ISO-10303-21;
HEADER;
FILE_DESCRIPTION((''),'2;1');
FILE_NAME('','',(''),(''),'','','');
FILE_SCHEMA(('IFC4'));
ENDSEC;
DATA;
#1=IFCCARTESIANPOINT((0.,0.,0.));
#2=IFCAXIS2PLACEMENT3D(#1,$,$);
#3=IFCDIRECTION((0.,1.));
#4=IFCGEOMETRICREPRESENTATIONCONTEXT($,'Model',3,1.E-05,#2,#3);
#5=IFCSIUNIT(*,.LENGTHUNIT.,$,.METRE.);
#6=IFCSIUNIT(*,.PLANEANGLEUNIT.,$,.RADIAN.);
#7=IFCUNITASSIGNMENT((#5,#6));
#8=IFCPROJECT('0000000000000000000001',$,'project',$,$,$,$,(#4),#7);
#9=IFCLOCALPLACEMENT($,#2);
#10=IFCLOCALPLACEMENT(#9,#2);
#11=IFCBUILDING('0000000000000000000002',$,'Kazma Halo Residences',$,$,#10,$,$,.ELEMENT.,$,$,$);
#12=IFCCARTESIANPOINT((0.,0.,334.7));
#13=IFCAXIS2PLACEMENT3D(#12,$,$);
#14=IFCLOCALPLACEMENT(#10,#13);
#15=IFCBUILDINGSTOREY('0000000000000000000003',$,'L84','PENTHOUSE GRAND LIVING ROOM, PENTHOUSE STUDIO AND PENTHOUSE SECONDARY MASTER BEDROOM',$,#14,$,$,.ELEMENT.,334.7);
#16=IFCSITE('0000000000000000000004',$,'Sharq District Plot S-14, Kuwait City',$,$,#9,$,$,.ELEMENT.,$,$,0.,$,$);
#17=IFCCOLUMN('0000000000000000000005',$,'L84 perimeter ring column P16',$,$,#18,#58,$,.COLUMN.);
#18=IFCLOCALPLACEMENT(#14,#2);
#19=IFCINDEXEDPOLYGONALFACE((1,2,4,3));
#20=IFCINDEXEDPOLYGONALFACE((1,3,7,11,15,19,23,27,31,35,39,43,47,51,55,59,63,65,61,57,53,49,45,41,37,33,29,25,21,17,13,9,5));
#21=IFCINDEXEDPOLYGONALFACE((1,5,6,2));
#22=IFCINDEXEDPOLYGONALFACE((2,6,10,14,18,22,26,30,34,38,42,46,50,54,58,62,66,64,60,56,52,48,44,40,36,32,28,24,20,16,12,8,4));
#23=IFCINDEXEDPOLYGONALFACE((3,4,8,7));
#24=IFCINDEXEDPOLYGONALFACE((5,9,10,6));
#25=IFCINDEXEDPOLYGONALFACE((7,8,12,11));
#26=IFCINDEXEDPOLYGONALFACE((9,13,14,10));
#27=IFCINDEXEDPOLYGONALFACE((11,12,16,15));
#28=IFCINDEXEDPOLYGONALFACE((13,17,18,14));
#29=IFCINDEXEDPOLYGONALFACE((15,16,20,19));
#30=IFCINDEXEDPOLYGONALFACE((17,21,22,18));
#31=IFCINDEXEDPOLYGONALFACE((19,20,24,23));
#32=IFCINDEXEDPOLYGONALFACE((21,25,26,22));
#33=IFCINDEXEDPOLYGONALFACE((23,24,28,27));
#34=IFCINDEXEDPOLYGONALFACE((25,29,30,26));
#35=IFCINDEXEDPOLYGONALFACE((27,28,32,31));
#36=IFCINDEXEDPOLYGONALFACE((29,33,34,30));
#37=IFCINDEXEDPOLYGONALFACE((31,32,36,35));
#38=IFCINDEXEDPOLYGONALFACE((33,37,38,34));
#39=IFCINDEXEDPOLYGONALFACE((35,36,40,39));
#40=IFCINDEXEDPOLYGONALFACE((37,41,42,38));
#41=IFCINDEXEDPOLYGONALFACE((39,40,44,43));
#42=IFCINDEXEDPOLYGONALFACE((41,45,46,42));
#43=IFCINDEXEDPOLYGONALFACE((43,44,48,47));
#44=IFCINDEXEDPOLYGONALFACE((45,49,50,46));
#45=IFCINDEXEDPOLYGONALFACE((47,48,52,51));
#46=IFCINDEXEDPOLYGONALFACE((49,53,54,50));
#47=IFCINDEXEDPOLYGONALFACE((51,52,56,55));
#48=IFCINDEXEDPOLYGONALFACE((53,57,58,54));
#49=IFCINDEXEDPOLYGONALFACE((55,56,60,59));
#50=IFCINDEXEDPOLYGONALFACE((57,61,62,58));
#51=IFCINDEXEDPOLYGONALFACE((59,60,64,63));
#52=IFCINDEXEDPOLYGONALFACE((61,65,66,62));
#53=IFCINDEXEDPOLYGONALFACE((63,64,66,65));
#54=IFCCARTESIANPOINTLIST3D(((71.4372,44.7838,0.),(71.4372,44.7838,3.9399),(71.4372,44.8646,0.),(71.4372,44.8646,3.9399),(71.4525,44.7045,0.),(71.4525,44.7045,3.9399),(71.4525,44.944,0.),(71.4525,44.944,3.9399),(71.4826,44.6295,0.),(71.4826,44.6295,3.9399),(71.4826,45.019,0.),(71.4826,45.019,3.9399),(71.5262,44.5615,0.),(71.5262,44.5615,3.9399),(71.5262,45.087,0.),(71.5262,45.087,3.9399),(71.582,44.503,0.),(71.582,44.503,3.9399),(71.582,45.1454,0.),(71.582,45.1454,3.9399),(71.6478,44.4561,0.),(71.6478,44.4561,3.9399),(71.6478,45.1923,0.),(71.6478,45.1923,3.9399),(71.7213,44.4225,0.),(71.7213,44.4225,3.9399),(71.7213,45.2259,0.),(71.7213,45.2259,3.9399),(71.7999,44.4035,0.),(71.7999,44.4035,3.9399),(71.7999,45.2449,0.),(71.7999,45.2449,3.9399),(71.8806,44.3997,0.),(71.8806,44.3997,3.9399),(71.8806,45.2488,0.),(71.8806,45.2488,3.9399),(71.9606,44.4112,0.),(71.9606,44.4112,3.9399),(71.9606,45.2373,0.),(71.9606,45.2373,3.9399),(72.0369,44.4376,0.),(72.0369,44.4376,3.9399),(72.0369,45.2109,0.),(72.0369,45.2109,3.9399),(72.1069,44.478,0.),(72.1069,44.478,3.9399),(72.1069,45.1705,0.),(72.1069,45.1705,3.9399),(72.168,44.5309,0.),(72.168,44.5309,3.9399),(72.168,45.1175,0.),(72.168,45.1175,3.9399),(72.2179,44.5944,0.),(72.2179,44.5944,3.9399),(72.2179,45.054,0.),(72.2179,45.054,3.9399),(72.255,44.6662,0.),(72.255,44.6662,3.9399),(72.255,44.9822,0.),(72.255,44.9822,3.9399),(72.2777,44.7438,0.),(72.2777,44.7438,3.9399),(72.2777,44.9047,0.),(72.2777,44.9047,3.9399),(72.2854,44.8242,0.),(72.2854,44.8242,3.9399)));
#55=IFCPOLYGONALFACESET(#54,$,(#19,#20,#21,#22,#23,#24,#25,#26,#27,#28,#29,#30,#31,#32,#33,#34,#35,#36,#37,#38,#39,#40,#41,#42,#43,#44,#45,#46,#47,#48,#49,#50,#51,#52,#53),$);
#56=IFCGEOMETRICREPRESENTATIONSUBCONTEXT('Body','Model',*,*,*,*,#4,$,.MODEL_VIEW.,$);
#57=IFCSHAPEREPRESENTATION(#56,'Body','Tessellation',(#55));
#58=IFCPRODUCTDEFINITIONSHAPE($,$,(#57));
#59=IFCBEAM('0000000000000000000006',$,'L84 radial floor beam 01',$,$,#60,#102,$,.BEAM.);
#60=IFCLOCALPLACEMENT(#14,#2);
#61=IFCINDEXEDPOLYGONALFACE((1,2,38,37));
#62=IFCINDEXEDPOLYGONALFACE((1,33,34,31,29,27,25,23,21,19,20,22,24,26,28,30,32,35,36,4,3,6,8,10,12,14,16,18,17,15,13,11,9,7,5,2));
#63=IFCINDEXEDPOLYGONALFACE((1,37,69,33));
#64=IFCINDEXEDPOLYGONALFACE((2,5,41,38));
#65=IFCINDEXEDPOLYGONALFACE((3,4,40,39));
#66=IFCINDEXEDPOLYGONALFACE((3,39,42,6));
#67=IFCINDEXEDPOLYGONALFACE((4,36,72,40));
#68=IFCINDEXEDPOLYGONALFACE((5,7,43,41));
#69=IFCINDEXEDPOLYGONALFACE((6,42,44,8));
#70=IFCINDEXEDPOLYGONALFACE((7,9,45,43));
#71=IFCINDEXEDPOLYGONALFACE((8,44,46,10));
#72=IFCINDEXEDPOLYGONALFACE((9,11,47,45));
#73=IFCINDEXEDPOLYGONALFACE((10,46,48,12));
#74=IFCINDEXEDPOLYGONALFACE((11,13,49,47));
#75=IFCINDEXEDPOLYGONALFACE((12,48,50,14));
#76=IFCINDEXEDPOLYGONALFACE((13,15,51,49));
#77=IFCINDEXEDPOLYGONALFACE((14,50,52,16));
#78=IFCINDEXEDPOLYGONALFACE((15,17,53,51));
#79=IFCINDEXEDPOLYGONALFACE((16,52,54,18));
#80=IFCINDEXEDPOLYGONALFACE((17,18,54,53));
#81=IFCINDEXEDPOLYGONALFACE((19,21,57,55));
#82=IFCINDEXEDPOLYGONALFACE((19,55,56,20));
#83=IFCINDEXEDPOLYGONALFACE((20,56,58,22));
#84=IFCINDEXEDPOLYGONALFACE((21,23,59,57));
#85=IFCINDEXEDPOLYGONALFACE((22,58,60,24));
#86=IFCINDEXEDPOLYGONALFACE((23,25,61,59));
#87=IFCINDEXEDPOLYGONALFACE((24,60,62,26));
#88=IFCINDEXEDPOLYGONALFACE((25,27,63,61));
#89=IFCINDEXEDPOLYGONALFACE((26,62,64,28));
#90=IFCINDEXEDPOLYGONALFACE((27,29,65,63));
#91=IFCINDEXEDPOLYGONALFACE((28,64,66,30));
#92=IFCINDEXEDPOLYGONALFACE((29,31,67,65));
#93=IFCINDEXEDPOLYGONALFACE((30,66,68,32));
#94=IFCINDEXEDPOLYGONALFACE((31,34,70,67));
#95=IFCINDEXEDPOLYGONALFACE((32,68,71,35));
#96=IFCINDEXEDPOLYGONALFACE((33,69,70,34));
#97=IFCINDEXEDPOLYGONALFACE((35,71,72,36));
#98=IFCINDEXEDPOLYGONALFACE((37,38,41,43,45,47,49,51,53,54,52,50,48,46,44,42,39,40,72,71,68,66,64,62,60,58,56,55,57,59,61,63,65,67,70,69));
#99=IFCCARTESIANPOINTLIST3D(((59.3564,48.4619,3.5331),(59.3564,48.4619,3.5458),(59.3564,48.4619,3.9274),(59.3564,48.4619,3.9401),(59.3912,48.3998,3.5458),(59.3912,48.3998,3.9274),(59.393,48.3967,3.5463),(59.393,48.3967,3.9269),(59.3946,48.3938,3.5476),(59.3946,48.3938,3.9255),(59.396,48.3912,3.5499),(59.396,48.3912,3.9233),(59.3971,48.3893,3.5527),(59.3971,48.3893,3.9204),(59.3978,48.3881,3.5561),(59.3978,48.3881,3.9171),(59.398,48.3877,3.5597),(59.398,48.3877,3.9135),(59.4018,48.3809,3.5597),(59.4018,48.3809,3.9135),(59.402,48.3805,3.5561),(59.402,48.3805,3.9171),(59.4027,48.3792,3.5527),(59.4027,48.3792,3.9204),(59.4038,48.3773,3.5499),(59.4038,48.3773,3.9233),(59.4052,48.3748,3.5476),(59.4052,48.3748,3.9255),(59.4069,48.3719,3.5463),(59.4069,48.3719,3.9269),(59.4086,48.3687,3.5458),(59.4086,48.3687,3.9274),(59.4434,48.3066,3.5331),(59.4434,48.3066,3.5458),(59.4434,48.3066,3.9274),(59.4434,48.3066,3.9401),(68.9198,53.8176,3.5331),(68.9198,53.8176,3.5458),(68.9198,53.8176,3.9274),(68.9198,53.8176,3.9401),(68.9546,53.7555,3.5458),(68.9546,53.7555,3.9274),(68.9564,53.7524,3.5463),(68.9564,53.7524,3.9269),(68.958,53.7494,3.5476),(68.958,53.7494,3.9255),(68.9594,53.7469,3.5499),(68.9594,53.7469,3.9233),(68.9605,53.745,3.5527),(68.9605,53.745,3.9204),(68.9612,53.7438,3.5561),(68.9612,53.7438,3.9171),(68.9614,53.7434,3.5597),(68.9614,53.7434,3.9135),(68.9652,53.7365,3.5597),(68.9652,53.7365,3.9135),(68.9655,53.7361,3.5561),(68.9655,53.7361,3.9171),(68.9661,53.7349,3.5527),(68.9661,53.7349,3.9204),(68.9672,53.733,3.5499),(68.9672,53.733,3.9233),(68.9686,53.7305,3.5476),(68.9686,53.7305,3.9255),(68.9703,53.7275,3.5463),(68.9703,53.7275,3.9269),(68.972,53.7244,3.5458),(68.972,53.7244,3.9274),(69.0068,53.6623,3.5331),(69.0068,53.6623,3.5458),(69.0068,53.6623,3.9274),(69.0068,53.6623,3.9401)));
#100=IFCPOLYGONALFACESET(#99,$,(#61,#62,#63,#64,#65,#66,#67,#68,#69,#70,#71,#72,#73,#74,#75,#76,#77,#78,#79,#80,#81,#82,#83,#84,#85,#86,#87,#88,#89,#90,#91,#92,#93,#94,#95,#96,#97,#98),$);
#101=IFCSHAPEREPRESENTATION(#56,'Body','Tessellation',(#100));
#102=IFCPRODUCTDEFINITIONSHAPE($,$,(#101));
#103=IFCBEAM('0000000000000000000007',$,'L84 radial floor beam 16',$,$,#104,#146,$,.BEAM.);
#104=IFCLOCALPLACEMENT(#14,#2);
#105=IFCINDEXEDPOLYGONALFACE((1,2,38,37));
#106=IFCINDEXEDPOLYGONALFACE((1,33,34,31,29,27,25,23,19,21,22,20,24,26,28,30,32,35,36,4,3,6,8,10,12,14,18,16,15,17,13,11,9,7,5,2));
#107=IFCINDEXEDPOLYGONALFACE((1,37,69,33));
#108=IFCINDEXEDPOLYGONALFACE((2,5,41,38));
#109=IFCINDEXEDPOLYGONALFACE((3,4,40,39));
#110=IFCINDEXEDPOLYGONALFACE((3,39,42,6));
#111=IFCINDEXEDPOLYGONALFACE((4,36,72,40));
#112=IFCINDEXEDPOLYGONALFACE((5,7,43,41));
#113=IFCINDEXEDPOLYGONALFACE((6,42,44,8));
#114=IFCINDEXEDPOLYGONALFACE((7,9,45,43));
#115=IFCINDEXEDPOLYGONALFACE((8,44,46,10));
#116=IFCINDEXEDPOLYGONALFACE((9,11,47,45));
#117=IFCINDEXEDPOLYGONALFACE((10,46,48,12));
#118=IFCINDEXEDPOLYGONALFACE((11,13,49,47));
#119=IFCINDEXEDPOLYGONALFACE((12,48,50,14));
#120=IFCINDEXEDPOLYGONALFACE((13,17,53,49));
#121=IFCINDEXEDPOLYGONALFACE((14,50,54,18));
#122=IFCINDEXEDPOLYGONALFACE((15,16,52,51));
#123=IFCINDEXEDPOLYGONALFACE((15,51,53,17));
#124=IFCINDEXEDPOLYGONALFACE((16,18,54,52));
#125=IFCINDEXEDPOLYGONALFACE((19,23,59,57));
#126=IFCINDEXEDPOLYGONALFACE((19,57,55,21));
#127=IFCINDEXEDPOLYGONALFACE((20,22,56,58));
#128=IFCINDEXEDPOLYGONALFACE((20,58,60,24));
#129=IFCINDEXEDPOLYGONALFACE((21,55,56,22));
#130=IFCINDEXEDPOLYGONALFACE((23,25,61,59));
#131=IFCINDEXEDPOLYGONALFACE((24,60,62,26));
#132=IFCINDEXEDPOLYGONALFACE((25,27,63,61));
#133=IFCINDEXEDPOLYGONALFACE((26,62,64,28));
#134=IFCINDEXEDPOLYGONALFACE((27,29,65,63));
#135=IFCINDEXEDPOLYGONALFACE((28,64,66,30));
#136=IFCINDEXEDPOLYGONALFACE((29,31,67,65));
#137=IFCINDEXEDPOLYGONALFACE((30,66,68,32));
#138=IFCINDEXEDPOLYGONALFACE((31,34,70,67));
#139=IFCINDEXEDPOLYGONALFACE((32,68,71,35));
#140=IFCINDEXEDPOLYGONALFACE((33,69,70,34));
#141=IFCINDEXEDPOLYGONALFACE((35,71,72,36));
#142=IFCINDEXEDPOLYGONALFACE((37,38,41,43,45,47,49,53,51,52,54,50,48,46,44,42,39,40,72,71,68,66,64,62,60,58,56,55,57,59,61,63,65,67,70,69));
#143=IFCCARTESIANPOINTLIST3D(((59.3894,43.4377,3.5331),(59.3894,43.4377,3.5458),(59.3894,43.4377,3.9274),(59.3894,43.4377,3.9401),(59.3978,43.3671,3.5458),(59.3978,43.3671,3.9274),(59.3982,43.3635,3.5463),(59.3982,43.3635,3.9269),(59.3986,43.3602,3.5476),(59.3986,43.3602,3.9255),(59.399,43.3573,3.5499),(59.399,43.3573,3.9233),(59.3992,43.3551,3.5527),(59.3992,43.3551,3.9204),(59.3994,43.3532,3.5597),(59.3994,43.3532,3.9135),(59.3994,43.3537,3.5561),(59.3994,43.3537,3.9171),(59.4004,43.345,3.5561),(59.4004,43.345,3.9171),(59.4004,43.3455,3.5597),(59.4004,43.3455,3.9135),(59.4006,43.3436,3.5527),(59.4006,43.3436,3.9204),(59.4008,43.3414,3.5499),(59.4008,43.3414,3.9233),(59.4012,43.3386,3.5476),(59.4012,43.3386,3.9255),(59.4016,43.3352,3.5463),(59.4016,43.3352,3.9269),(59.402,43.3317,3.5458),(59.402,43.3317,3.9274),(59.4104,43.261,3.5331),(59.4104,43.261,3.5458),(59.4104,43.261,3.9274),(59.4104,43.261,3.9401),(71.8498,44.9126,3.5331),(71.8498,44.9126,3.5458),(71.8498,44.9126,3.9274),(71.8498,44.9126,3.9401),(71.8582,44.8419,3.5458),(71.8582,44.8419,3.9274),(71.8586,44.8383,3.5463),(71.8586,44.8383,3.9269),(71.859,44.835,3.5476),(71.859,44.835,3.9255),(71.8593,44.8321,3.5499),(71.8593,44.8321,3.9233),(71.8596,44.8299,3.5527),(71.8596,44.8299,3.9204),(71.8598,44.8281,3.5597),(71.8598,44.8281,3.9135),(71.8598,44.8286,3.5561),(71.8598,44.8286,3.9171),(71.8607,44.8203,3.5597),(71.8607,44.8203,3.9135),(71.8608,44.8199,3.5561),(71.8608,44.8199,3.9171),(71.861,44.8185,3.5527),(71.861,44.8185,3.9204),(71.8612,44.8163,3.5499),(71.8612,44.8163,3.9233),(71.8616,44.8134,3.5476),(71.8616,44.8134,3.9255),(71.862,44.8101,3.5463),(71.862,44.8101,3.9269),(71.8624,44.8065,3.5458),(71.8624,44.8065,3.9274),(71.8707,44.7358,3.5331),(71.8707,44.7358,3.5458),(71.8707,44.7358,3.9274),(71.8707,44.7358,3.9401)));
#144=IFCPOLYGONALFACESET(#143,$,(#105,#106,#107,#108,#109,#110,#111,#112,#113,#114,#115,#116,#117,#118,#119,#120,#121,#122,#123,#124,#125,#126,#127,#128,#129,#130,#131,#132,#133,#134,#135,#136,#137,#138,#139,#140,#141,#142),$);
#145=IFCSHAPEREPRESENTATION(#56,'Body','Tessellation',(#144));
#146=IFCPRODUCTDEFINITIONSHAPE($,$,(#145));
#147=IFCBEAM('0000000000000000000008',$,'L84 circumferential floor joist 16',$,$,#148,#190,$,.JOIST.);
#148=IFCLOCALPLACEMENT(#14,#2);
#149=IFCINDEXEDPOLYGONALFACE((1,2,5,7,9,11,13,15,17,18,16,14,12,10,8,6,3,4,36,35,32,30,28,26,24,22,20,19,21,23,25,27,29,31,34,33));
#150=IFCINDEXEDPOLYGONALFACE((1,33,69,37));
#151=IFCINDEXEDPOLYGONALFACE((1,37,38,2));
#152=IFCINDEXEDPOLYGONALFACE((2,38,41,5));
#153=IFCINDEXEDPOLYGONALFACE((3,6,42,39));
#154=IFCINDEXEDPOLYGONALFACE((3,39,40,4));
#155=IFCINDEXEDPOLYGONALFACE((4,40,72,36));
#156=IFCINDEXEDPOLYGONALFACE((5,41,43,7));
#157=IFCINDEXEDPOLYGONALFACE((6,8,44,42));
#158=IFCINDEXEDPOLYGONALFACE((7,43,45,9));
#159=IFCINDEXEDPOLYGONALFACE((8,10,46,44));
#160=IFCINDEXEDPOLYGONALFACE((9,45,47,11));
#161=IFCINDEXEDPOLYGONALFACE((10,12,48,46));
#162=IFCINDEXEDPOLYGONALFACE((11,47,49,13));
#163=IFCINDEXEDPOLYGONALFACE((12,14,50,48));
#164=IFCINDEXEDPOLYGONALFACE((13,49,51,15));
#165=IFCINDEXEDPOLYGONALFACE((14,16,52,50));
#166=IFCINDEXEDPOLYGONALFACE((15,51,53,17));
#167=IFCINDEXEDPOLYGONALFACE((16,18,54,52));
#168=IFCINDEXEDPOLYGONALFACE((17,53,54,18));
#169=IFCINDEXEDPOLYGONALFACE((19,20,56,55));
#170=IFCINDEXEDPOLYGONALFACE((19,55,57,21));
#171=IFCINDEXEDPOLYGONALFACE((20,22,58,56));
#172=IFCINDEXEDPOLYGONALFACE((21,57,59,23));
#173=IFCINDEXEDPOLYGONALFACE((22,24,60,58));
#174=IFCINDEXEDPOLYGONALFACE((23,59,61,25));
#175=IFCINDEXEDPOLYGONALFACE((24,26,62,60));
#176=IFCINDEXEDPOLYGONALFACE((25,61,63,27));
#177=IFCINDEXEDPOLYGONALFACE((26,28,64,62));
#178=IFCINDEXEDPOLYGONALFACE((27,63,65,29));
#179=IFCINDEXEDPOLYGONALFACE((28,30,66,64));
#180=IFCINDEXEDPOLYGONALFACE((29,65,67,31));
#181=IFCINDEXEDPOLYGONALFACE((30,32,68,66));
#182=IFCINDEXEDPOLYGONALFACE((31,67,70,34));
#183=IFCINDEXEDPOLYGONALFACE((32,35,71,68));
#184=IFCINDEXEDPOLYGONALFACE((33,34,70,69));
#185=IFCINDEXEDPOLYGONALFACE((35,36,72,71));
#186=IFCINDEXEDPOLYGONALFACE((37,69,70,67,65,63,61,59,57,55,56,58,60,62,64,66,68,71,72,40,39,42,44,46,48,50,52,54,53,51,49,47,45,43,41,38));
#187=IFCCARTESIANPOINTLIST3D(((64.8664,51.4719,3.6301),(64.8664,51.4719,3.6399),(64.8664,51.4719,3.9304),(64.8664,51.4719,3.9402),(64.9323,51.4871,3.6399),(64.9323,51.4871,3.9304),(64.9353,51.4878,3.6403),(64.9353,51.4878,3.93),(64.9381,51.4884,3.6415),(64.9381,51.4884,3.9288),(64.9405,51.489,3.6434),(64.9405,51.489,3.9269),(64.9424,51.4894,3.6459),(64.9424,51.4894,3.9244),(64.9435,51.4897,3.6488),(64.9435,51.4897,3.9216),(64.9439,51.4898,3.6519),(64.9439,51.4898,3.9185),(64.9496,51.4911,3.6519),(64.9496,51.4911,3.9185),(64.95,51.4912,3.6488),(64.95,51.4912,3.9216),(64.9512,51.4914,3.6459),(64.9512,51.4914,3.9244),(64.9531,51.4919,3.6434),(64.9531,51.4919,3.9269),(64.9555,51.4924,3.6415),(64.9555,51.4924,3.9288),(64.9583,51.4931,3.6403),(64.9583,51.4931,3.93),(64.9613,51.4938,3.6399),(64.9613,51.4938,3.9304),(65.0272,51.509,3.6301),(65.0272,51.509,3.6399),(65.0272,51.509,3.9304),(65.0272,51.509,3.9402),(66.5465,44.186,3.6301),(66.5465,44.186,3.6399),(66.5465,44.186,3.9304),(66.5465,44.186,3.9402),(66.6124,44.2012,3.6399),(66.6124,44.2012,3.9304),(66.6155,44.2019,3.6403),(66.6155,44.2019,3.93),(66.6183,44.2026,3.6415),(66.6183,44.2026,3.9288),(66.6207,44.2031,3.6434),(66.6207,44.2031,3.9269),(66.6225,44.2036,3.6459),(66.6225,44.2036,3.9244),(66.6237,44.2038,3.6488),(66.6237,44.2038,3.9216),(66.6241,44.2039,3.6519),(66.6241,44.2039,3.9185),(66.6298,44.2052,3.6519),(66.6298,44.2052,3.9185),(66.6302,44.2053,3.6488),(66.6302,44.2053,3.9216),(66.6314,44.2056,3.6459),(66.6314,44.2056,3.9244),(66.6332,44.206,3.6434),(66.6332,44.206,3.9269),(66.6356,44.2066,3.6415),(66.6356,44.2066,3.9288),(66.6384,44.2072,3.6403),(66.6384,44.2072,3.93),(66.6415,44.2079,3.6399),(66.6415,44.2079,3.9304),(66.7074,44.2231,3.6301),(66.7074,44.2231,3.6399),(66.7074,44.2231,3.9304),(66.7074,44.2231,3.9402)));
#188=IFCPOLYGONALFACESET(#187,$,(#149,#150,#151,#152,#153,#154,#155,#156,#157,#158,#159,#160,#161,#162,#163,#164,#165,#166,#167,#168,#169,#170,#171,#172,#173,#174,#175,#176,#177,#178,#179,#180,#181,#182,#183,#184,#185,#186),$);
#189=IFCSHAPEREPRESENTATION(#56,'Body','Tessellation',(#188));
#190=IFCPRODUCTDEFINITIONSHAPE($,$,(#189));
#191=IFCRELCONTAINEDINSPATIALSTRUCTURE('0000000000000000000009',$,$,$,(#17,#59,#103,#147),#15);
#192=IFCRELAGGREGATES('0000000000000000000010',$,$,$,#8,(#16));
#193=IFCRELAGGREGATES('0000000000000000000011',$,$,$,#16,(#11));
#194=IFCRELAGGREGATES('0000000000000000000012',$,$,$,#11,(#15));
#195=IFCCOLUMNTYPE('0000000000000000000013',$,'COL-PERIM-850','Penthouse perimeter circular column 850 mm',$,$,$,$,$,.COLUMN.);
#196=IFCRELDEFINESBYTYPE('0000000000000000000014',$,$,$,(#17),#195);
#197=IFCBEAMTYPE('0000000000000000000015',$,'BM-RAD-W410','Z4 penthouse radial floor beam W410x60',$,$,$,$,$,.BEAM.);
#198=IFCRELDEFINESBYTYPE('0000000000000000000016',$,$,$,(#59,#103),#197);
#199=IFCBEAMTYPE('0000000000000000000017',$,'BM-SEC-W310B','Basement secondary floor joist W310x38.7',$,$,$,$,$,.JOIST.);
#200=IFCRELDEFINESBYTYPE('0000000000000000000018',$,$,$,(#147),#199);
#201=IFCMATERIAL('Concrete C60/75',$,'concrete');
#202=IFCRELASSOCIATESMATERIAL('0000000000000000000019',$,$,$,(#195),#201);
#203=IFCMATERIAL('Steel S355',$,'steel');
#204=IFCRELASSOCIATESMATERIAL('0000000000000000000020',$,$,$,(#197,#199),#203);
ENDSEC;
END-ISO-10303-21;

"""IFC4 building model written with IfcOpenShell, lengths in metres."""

from ifc_helpers import new_model, si_unit, direction, frame, origin, origin_2d, place, context, subcontext, project, spatial, circle, i_section, extrude, material, material_profile, profile_set, type_object, element, save


model = new_model("IFC4")

# Units and contexts
model_context = context("Model", 3, precision=1e-05, world=origin(), true_north=direction((0.0, 1.0)))
body_context = subcontext(model_context, "Body", "Model", "MODEL_VIEW")
ifc_project = project(units=[si_unit("LENGTHUNIT", "METRE"), si_unit("PLANEANGLEUNIT", "RADIAN")], contexts=[model_context])

# Site, building, storey
site_placement = place(None, origin())
site = spatial("IfcSite", under=ifc_project, at=site_placement, Name="Sharq District Plot S-14, Kuwait City", CompositionType="ELEMENT", RefElevation=0.0)
building_placement = place(site_placement, origin())
building = spatial("IfcBuilding", under=site, at=building_placement, Name="Kazma Halo Residences", CompositionType="ELEMENT")
storey_placement = place(building_placement, frame((0.0, 0.0, 334.7)))
storey = spatial("IfcBuildingStorey", under=building, at=storey_placement, Name="L84", Description="PENTHOUSE GRAND LIVING ROOM, PENTHOUSE STUDIO AND PENTHOUSE SECONDARY MASTER BEDROOM", CompositionType="ELEMENT", Elevation=334.7)

# Column
ifc_material_1 = material(Name="Concrete C60/75", Category="concrete")
ifc_material_profile_1 = material_profile(ifc_material_1, circle(Radius=0.425, at=origin_2d()), Name="CIRC850")
ifc_profile_set_1 = profile_set([ifc_material_profile_1], Name="Concrete C60/75")
column_type = type_object("IfcColumnType", Name="COL-PERIM-850", Description="Penthouse perimeter circular column 850 mm", PredefinedType="COLUMN", material=ifc_profile_set_1)
column_placement = place(storey_placement, frame((71.8604, 44.8242, 0.0), z_axis=(0.0, 0.0, 1.0), x_axis=(1.0, 0.0, 0.0)))
element("IfcColumn", 1, at=column_placement, inside=storey, type_object=column_type, Name="L84 perimeter ring column P16", PredefinedType="COLUMN", context=body_context, shape_type="SweptSolid", body=[
    extrude(circle(Radius=0.425, at=origin_2d()), origin(), (0.0, 0.0, 1.0), 3.9399),
])

# Beams
ifc_material_2 = material(Name="Steel S355", Category="steel")
ifc_material_profile_2 = material_profile(ifc_material_2, i_section(OverallWidth=0.178, OverallDepth=0.407, WebThickness=0.0078, FlangeThickness=0.0127, FilletRadius=0.0139, at=origin_2d()), Name="W410x60")
ifc_profile_set_2 = profile_set([ifc_material_profile_2], Name="Steel S355")
beam_type_1 = type_object("IfcBeamType", Name="BM-RAD-W410", Description="Z4 penthouse radial floor beam W410x60", PredefinedType="BEAM", material=ifc_profile_set_2)
beam_1_placement = place(storey_placement, frame((59.3999, 48.3843, 3.7366), z_axis=(0.8725, 0.488615, 0.0), x_axis=(-0.488615, 0.8725, 0.0)))
element("IfcBeam", 2, at=beam_1_placement, inside=storey, type_object=beam_type_1, Name="L84 radial floor beam 01", PredefinedType="BEAM", context=body_context, shape_type="SweptSolid", body=[
    extrude(i_section(OverallWidth=0.178, OverallDepth=0.407, WebThickness=0.0078, FlangeThickness=0.0127, FilletRadius=0.0139, at=origin_2d()), origin(), (0.0, 0.0, 1.0), 10.9609),
])
beam_2_placement = place(storey_placement, frame((59.3999, 43.3494, 3.7366), z_axis=(0.993068, 0.117542, 0.0), x_axis=(-0.117542, 0.993068, 0.0)))
element("IfcBeam", 3, at=beam_2_placement, inside=storey, type_object=beam_type_1, Name="L84 radial floor beam 16", PredefinedType="BEAM", context=body_context, shape_type="SweptSolid", body=[
    extrude(i_section(OverallWidth=0.178, OverallDepth=0.407, WebThickness=0.0078, FlangeThickness=0.0127, FilletRadius=0.0139, at=origin_2d()), origin(), (0.0, 0.0, 1.0), 12.5474),
])
ifc_material_profile_3 = material_profile(ifc_material_2, i_section(OverallWidth=0.165, OverallDepth=0.3101, WebThickness=0.0059, FlangeThickness=0.0098, FilletRadius=0.012, at=origin_2d()), Name="W310x38.7")
ifc_profile_set_3 = profile_set([ifc_material_profile_3], Name="Steel S355")
beam_type_2 = type_object("IfcBeamType", Name="BM-SEC-W310B", Description="Basement secondary floor joist W310x38.7", PredefinedType="JOIST", material=ifc_profile_set_3)
beam_3_placement = place(storey_placement, frame((66.627, 44.2046, 3.7852), z_axis=(-0.224709, 0.974426, 0.0), x_axis=(-0.974426, -0.224709, 0.0)))
element("IfcBeam", 4, at=beam_3_placement, inside=storey, type_object=beam_type_2, Name="L84 circumferential floor joist 16", PredefinedType="JOIST", context=body_context, shape_type="SweptSolid", body=[
    extrude(i_section(OverallWidth=0.165, OverallDepth=0.3101, WebThickness=0.0059, FlangeThickness=0.0098, FilletRadius=0.012, at=origin_2d()), origin(), (0.0, 0.0, 1.0), 7.4771),
])

save(model, "model.ifc")
